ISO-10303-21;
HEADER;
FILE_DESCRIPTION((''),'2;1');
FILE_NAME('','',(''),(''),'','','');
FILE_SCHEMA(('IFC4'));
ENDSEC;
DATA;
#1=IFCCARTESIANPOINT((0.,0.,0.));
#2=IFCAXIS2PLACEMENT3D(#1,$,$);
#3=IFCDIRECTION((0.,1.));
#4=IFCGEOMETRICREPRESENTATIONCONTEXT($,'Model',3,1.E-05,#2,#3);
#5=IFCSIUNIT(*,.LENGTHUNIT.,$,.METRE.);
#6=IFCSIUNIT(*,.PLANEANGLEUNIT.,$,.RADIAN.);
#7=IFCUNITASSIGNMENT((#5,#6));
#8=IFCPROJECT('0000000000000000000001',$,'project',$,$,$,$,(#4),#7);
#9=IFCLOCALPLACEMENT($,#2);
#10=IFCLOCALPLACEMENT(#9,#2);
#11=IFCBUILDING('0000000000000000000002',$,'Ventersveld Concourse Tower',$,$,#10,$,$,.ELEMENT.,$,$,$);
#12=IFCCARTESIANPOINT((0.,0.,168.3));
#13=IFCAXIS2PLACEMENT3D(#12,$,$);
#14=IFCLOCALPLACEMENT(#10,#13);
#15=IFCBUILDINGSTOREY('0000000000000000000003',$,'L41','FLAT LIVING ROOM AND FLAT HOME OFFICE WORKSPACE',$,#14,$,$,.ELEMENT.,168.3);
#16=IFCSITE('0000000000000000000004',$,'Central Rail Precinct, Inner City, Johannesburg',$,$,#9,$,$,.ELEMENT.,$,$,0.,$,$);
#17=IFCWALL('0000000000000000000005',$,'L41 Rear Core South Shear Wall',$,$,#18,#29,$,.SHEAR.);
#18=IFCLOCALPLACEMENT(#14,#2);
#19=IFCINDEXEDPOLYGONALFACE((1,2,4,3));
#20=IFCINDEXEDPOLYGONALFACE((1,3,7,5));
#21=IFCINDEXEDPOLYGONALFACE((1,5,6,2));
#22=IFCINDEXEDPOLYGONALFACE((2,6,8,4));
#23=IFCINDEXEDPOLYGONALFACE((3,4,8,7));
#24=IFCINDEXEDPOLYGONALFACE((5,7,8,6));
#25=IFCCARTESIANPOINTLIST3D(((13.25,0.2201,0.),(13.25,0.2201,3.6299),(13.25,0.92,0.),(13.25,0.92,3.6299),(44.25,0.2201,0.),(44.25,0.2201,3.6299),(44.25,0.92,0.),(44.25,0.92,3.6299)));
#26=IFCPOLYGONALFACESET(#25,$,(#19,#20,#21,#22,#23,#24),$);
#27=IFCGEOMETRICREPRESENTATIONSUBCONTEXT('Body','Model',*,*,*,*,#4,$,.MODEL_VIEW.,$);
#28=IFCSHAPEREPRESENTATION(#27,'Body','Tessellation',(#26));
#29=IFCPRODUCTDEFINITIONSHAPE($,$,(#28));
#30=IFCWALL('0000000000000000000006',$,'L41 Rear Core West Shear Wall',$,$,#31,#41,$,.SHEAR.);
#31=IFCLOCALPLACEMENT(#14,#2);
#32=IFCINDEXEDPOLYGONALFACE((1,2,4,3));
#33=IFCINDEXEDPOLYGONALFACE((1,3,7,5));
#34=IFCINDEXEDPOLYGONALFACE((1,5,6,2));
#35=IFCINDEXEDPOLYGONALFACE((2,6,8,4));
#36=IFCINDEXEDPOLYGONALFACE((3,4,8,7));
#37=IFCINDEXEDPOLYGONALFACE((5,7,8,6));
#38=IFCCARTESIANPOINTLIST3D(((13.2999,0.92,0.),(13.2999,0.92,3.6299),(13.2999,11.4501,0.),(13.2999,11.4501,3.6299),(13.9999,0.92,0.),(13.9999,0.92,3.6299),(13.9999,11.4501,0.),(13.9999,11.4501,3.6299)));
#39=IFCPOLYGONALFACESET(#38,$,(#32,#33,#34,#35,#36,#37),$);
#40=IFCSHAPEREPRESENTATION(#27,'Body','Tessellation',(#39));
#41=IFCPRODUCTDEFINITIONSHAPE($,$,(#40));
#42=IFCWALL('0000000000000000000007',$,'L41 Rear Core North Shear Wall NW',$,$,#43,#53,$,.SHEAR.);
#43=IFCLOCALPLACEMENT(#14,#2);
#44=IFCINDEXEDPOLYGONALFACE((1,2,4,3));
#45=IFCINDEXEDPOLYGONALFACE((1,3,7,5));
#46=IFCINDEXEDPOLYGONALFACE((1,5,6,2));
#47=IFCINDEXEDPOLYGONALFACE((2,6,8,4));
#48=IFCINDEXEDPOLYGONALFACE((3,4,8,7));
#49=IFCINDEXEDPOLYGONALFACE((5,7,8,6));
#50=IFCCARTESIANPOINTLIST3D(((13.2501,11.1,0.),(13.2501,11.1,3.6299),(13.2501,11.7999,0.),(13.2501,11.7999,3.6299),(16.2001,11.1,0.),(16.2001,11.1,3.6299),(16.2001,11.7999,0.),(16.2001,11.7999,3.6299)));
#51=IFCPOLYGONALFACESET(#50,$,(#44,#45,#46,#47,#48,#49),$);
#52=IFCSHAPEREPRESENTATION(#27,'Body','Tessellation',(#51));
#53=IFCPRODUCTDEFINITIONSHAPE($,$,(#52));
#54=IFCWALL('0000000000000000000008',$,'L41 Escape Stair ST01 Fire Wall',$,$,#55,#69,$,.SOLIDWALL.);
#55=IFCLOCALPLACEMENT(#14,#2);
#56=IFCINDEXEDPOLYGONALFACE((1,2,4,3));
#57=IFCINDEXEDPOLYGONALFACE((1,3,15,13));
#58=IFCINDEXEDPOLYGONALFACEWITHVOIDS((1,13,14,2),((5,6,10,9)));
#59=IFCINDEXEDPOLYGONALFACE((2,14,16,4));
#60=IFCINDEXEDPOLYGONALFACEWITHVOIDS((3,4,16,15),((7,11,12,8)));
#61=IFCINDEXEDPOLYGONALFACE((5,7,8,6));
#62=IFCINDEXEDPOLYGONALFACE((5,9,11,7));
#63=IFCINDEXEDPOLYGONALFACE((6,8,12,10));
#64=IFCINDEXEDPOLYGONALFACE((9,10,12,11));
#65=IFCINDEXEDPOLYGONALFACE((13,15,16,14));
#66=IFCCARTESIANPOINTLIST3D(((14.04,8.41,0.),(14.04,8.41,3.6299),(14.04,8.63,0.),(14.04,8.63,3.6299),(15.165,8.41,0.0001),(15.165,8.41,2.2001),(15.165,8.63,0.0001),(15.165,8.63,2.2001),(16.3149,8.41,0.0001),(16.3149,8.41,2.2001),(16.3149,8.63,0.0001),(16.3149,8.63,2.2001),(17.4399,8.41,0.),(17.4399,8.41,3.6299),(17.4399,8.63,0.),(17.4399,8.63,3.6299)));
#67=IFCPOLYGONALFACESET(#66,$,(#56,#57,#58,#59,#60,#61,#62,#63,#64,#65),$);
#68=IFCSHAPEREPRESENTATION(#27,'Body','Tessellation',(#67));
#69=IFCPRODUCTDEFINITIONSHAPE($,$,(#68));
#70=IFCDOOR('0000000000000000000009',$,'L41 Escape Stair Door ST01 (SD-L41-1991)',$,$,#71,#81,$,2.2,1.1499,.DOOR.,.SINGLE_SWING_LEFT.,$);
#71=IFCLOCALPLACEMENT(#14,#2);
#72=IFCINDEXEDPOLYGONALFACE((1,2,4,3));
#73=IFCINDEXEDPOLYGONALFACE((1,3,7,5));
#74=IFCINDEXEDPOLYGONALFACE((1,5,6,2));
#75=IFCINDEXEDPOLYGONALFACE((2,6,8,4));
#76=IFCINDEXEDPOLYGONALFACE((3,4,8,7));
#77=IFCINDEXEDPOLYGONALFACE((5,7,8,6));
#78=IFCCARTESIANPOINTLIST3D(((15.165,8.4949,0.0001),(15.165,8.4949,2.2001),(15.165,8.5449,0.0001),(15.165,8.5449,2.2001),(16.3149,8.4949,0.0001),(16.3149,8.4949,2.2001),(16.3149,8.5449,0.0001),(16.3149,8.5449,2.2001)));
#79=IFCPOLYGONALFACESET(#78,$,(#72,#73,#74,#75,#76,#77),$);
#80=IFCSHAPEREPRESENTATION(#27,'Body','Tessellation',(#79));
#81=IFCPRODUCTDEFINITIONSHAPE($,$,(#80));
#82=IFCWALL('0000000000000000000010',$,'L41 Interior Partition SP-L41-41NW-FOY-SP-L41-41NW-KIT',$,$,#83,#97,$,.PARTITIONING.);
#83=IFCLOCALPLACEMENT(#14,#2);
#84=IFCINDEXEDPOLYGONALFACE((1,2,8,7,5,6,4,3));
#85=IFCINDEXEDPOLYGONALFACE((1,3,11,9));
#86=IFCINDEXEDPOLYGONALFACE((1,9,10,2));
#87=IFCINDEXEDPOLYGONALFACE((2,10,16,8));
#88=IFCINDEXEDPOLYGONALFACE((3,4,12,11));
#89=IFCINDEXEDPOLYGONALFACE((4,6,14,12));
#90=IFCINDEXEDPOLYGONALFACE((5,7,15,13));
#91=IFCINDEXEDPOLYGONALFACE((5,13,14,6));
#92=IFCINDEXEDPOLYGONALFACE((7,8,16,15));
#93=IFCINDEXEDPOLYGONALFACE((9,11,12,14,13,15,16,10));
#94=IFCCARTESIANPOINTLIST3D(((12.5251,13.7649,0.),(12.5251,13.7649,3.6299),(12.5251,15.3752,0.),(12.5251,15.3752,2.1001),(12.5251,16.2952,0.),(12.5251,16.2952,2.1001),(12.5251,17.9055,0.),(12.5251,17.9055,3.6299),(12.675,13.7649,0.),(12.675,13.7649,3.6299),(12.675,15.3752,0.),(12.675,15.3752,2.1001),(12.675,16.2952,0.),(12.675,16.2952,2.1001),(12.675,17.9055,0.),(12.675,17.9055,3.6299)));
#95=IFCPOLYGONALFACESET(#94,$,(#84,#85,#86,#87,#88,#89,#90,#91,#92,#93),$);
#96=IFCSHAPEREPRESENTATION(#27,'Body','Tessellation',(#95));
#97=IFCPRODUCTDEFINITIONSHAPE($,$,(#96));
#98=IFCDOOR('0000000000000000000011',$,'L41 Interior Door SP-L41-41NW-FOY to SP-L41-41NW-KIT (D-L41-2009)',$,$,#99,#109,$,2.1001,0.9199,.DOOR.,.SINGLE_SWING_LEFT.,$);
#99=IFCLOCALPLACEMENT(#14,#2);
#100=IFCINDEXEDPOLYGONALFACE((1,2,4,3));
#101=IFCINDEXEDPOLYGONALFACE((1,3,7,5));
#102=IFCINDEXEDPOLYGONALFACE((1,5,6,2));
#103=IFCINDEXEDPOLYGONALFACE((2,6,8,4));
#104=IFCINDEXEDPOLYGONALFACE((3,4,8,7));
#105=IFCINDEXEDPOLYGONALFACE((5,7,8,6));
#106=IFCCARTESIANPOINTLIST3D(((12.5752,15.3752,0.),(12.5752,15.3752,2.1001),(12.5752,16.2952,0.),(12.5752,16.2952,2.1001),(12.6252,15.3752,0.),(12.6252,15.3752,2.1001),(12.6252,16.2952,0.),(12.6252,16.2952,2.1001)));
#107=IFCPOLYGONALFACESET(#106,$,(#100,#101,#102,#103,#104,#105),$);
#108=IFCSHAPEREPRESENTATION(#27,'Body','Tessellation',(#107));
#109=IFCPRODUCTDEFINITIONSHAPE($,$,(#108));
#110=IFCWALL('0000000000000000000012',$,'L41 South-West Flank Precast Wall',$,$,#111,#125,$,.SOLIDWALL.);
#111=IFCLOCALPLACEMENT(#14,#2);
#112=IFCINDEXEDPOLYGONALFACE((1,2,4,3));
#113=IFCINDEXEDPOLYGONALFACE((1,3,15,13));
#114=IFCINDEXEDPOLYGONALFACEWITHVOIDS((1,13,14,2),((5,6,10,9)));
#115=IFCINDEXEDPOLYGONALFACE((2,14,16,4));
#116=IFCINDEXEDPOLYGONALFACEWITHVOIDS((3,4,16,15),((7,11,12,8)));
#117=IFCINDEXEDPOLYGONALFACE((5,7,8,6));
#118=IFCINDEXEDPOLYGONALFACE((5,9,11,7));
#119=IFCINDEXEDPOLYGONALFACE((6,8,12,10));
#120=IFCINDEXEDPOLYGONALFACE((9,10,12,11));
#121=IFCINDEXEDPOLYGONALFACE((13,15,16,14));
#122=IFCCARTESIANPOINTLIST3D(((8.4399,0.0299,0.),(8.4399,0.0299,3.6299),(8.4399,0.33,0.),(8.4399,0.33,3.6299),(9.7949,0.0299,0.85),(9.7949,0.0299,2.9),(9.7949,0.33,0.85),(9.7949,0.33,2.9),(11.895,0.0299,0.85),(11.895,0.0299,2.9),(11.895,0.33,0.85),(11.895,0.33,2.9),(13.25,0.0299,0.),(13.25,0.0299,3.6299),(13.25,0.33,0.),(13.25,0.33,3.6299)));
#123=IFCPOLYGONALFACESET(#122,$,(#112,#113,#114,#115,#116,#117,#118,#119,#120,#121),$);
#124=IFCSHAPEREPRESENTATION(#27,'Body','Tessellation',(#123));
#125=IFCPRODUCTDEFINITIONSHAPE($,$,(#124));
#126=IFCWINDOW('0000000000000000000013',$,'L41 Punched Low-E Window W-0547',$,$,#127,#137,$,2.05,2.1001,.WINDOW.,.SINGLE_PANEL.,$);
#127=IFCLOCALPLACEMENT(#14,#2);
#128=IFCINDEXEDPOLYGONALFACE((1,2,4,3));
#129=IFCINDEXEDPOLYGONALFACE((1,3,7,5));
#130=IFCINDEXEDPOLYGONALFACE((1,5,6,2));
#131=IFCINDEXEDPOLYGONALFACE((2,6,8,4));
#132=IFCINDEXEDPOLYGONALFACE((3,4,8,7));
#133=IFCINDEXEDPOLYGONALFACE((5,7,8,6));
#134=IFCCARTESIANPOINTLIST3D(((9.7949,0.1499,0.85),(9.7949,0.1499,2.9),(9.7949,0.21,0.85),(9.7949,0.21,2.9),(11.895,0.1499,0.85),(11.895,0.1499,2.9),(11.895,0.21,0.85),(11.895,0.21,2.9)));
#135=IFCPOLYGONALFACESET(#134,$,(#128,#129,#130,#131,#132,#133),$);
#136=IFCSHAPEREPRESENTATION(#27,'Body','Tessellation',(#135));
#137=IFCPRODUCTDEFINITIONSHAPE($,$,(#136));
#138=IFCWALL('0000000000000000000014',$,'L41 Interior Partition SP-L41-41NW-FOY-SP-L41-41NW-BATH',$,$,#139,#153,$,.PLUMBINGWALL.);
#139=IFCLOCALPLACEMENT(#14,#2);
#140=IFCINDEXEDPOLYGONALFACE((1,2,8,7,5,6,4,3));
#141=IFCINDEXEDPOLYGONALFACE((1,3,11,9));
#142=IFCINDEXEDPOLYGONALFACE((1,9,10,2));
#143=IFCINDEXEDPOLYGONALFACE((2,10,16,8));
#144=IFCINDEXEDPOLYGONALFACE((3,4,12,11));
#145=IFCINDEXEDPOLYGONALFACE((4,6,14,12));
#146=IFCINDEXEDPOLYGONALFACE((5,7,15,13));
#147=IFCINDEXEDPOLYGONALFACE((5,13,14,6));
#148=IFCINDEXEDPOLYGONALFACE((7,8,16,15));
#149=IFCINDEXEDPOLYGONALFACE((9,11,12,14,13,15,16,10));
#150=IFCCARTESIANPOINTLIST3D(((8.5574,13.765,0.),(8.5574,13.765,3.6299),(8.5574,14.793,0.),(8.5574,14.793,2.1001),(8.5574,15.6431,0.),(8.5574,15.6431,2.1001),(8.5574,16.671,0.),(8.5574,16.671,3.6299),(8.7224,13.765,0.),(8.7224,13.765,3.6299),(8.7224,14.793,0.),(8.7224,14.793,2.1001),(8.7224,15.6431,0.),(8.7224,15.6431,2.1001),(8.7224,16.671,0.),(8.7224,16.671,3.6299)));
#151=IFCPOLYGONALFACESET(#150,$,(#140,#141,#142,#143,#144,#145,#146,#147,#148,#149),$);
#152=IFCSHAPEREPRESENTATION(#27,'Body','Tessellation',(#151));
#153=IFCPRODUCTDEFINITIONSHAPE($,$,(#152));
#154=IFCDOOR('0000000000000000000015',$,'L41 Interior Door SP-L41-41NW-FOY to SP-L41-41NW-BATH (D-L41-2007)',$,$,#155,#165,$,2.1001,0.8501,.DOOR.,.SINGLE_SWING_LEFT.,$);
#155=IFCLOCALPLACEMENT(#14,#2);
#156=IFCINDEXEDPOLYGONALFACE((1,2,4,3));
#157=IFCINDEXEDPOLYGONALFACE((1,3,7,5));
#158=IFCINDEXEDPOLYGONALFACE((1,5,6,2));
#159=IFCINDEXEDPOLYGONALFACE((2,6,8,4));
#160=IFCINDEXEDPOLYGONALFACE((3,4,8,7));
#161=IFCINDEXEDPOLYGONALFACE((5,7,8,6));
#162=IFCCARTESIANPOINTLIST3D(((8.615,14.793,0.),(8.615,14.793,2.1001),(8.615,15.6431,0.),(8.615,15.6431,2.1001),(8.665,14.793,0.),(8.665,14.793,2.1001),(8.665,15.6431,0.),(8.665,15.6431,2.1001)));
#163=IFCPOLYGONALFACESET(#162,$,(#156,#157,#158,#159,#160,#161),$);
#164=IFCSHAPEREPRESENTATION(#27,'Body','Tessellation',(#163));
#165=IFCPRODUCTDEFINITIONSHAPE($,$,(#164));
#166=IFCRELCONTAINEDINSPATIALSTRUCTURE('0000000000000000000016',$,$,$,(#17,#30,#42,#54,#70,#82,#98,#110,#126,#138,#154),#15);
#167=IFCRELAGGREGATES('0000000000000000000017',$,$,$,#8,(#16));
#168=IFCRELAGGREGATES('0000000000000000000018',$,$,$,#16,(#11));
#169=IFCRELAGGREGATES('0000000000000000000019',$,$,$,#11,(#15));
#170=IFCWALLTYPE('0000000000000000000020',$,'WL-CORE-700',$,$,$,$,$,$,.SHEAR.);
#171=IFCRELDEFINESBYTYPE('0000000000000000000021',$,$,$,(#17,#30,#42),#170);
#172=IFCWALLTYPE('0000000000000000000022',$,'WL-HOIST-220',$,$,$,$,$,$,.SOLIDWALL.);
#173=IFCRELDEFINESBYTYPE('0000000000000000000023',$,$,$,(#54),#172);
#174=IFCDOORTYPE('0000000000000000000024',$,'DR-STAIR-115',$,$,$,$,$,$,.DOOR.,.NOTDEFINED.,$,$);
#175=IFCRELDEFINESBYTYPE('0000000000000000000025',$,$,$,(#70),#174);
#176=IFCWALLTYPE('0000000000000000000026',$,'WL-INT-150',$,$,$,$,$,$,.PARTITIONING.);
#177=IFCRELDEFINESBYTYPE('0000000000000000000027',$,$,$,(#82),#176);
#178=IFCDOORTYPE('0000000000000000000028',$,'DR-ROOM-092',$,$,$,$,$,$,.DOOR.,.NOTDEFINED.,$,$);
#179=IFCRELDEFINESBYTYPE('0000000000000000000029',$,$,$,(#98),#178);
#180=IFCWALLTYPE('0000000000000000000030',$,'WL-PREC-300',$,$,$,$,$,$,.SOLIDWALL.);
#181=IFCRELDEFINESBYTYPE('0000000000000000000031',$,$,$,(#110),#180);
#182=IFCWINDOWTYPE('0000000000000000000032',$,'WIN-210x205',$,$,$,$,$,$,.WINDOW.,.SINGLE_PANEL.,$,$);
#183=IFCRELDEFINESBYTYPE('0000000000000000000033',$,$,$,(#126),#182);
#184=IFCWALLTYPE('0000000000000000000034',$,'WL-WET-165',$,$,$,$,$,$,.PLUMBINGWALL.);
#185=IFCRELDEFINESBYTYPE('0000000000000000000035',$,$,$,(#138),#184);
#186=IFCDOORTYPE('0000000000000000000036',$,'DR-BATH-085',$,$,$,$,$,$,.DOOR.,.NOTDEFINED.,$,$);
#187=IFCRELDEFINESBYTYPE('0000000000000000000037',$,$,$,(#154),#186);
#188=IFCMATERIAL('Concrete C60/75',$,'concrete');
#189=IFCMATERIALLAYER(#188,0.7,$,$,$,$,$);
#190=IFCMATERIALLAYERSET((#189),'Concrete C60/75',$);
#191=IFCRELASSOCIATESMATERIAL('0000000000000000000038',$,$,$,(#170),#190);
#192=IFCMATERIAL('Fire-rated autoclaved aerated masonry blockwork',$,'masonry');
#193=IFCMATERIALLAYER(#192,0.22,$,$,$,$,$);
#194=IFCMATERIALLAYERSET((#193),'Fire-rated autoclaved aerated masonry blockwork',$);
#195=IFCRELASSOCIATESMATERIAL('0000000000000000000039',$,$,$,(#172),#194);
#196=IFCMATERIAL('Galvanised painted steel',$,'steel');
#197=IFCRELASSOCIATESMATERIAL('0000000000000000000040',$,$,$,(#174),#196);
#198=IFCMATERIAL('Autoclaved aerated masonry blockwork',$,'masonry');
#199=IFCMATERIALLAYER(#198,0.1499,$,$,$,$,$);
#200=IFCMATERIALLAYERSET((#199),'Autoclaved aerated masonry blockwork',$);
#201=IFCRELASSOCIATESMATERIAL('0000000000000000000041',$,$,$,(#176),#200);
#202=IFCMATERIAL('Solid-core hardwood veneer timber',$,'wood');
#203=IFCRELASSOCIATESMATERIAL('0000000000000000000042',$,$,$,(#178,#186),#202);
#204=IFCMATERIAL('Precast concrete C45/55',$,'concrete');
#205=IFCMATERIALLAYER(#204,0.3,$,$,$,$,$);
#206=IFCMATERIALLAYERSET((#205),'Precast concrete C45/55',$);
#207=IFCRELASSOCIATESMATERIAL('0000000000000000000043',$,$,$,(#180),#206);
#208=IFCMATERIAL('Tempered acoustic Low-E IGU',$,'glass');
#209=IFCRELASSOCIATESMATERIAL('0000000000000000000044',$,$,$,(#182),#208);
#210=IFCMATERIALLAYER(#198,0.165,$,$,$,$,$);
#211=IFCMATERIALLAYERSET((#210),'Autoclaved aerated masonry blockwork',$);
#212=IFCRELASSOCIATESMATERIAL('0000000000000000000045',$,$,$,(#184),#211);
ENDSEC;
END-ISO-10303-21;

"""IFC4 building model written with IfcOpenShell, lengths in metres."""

from ifc_helpers import new_model, si_unit, direction, frame, frame_2d, origin, place, context, subcontext, project, spatial, rectangle, extrude, material, layer, layer_set, type_object, element, fill, save


model = new_model("IFC4")

# Units and contexts
model_context = context("Model", 3, precision=1e-05, world=origin(), true_north=direction((0.0, 1.0)))
body_context = subcontext(model_context, "Body", "Model", "MODEL_VIEW")
ifc_project = project(units=[si_unit("LENGTHUNIT", "METRE"), si_unit("PLANEANGLEUNIT", "RADIAN")], contexts=[model_context])

# Site, building, storey
site_placement = place(None, origin())
site = spatial("IfcSite", under=ifc_project, at=site_placement, Name="Central Rail Precinct, Inner City, Johannesburg", CompositionType="ELEMENT", RefElevation=0.0)
building_placement = place(site_placement, origin())
building = spatial("IfcBuilding", under=site, at=building_placement, Name="Ventersveld Concourse Tower", CompositionType="ELEMENT")
storey_placement = place(building_placement, frame((0.0, 0.0, 168.3)))
storey = spatial("IfcBuildingStorey", under=building, at=storey_placement, Name="L41", Description="FLAT LIVING ROOM AND FLAT HOME OFFICE WORKSPACE", CompositionType="ELEMENT", Elevation=168.3)

# Walls
ifc_material_1 = material(Name="Concrete C60/75", Category="concrete")
ifc_layer_1 = layer(ifc_material_1, 0.7)
ifc_layer_set_1 = layer_set([ifc_layer_1], Name="Concrete C60/75")
wall_type_1 = type_object("IfcWallType", Name="WL-CORE-700", PredefinedType="SHEAR", material=ifc_layer_set_1)
wall_1_placement = place(storey_placement, frame((13.25, 0.5701, 0.0), z_axis=(0.0, 0.0, 1.0), x_axis=(1.0, 0.0, 0.0)))
element("IfcWall", 1, at=wall_1_placement, inside=storey, type_object=wall_type_1, Name="L41 Rear Core South Shear Wall", PredefinedType="SHEAR", context=body_context, shape_type="SweptSolid", body=[
    extrude(rectangle(XDim=31.0, YDim=0.7, at=frame_2d((15.5, 0.0))), origin(), (0.0, 0.0, 1.0), 3.6299),
])
wall_2_placement = place(storey_placement, frame((13.6499, 0.9199, 0.0), z_axis=(0.0, 0.0, 1.0), x_axis=(0.0, 1.0, 0.0)))
element("IfcWall", 2, at=wall_2_placement, inside=storey, type_object=wall_type_1, Name="L41 Rear Core West Shear Wall", PredefinedType="SHEAR", context=body_context, shape_type="SweptSolid", body=[
    extrude(rectangle(XDim=10.53, YDim=0.7, at=frame_2d((5.2651, 0.0))), origin(), (0.0, 0.0, 1.0), 3.6299),
])
wall_3_placement = place(storey_placement, frame((13.25, 11.45, 0.0), z_axis=(0.0, 0.0, 1.0), x_axis=(1.0, 0.0, 0.0)))
element("IfcWall", 3, at=wall_3_placement, inside=storey, type_object=wall_type_1, Name="L41 Rear Core North Shear Wall NW", PredefinedType="SHEAR", context=body_context, shape_type="SweptSolid", body=[
    extrude(rectangle(XDim=2.95, YDim=0.7, at=frame_2d((1.4751, 0.0))), origin(), (0.0, 0.0, 1.0), 3.6299),
])

# Walls, openings, doors
ifc_material_2 = material(Name="Fire-rated autoclaved aerated masonry blockwork", Category="masonry")
ifc_layer_2 = layer(ifc_material_2, 0.22)
ifc_layer_set_2 = layer_set([ifc_layer_2], Name="Fire-rated autoclaved aerated masonry blockwork")
wall_type_2 = type_object("IfcWallType", Name="WL-HOIST-220", PredefinedType="SOLIDWALL", material=ifc_layer_set_2)
wall_4_placement = place(storey_placement, frame((14.04, 8.52, 0.0), z_axis=(0.0, 0.0, 1.0), x_axis=(1.0, 0.0, 0.0)))
wall_4 = element("IfcWall", 4, at=wall_4_placement, inside=storey, type_object=wall_type_2, Name="L41 Escape Stair ST01 Fire Wall", PredefinedType="SOLIDWALL", context=body_context, shape_type="SweptSolid", body=[
    extrude(rectangle(XDim=3.3999, YDim=0.22, at=frame_2d((1.7, 0.0))), origin(), (0.0, 0.0, 1.0), 3.6299),
])
opening_1_placement = place(wall_4_placement, frame((1.125, 0.0, 0.0)))
opening_1 = element("IfcOpeningElement", 5, at=opening_1_placement, cuts=wall_4, PredefinedType="OPENING", context=body_context, shape_type="SweptSolid", body=[
    extrude(rectangle(XDim=1.1499, YDim=2.2, at=frame_2d((0.575, 1.1001))), frame((0.0, 0.1201, 0.0), z_axis=(0.0, -1.0, 0.0), x_axis=(1.0, 0.0, 0.0)), (0.0, 0.0, 1.0), 0.24),
])
ifc_material_3 = material(Name="Galvanised painted steel", Category="steel")
door_type_1 = type_object("IfcDoorType", Name="DR-STAIR-115", OperationType="NOTDEFINED", PredefinedType="DOOR", material=ifc_material_3)
door_1_placement = place(opening_1_placement, origin())
door_1 = element("IfcDoor", 6, at=door_1_placement, inside=storey, type_object=door_type_1, Name="L41 Escape Stair Door ST01 (SD-L41-1991)", OperationType="SINGLE_SWING_LEFT", OverallHeight=2.2, OverallWidth=1.1499, PredefinedType="DOOR", context=body_context, shape_type="SweptSolid", body=[
    extrude(rectangle(XDim=1.1499, YDim=2.2, at=frame_2d((0.575, 1.1001))), frame((0.0, 0.0249, 0.0), z_axis=(0.0, -1.0, 0.0), x_axis=(1.0, 0.0, 0.0)), (0.0, 0.0, 1.0), 0.05),
])
fill(opening_1, door_1)
ifc_material_4 = material(Name="Autoclaved aerated masonry blockwork", Category="masonry")
ifc_layer_3 = layer(ifc_material_4, 0.1499)
ifc_layer_set_3 = layer_set([ifc_layer_3], Name="Autoclaved aerated masonry blockwork")
wall_type_3 = type_object("IfcWallType", Name="WL-INT-150", PredefinedType="PARTITIONING", material=ifc_layer_set_3)
wall_5_placement = place(storey_placement, frame((12.6001, 13.7649, 0.0), z_axis=(0.0, 0.0, 1.0), x_axis=(0.0, 1.0, 0.0)))
wall_5 = element("IfcWall", 7, at=wall_5_placement, inside=storey, type_object=wall_type_3, Name="L41 Interior Partition SP-L41-41NW-FOY-SP-L41-41NW-KIT", PredefinedType="PARTITIONING", context=body_context, shape_type="SweptSolid", body=[
    extrude(rectangle(XDim=4.1406, YDim=0.1499, at=frame_2d((2.0703, 0.0))), origin(), (0.0, 0.0, 1.0), 3.6299),
])
opening_2_placement = place(wall_5_placement, frame((1.6104, 0.0, 0.0)))
opening_2 = element("IfcOpeningElement", 8, at=opening_2_placement, cuts=wall_5, PredefinedType="OPENING", context=body_context, shape_type="SweptSolid", body=[
    extrude(rectangle(XDim=0.9199, YDim=2.1001, at=frame_2d((0.46, 1.05))), frame((0.0, 0.085, 0.0), z_axis=(0.0, -1.0, 0.0), x_axis=(1.0, 0.0, 0.0)), (0.0, 0.0, 1.0), 0.1699),
])
ifc_material_5 = material(Name="Solid-core hardwood veneer timber", Category="wood")
door_type_2 = type_object("IfcDoorType", Name="DR-ROOM-092", OperationType="NOTDEFINED", PredefinedType="DOOR", material=ifc_material_5)
door_2_placement = place(opening_2_placement, origin())
door_2 = element("IfcDoor", 9, at=door_2_placement, inside=storey, type_object=door_type_2, Name="L41 Interior Door SP-L41-41NW-FOY to SP-L41-41NW-KIT (D-L41-2009)", OperationType="SINGLE_SWING_LEFT", OverallHeight=2.1001, OverallWidth=0.9199, PredefinedType="DOOR", context=body_context, shape_type="SweptSolid", body=[
    extrude(rectangle(XDim=0.9199, YDim=2.1001, at=frame_2d((0.46, 1.05))), frame((0.0, 0.0249, 0.0), z_axis=(0.0, -1.0, 0.0), x_axis=(1.0, 0.0, 0.0)), (0.0, 0.0, 1.0), 0.05),
])
fill(opening_2, door_2)

# Wall, opening, window
ifc_material_6 = material(Name="Precast concrete C45/55", Category="concrete")
ifc_layer_4 = layer(ifc_material_6, 0.3)
ifc_layer_set_4 = layer_set([ifc_layer_4], Name="Precast concrete C45/55")
wall_type_4 = type_object("IfcWallType", Name="WL-PREC-300", PredefinedType="SOLIDWALL", material=ifc_layer_set_4)
wall_6_placement = place(storey_placement, frame((8.4399, 0.1799, 0.0), z_axis=(0.0, 0.0, 1.0), x_axis=(1.0, 0.0, 0.0)))
wall_6 = element("IfcWall", 10, at=wall_6_placement, inside=storey, type_object=wall_type_4, Name="L41 South-West Flank Precast Wall", PredefinedType="SOLIDWALL", context=body_context, shape_type="SweptSolid", body=[
    extrude(rectangle(XDim=4.8101, YDim=0.3, at=frame_2d((2.405, 0.0))), origin(), (0.0, 0.0, 1.0), 3.6299),
])
opening_3_placement = place(wall_6_placement, frame((1.355, 0.0, 0.8501)))
opening_3 = element("IfcOpeningElement", 11, at=opening_3_placement, cuts=wall_6, PredefinedType="OPENING", context=body_context, shape_type="SweptSolid", body=[
    extrude(rectangle(XDim=2.1001, YDim=2.05, at=frame_2d((1.05, 1.0249))), frame((0.0, 0.1602, 0.0), z_axis=(0.0, -1.0, 0.0), x_axis=(1.0, 0.0, 0.0)), (0.0, 0.0, 1.0), 0.3201),
])
ifc_material_7 = material(Name="Tempered acoustic Low-E IGU", Category="glass")
window_type = type_object("IfcWindowType", Name="WIN-210x205", PartitioningType="SINGLE_PANEL", PredefinedType="WINDOW", material=ifc_material_7)
window_placement = place(opening_3_placement, origin())
window = element("IfcWindow", 12, at=window_placement, inside=storey, type_object=window_type, Name="L41 Punched Low-E Window W-0547", OverallHeight=2.05, OverallWidth=2.1001, PartitioningType="SINGLE_PANEL", PredefinedType="WINDOW", context=body_context, shape_type="SweptSolid", body=[
    extrude(rectangle(XDim=2.1001, YDim=2.05, at=frame_2d((1.05, 1.0249))), frame((0.0, 0.03, 0.0), z_axis=(0.0, -1.0, 0.0), x_axis=(1.0, 0.0, 0.0)), (0.0, 0.0, 1.0), 0.0601),
])
fill(opening_3, window)

# Wall, opening, door
ifc_layer_5 = layer(ifc_material_4, 0.165)
ifc_layer_set_5 = layer_set([ifc_layer_5], Name="Autoclaved aerated masonry blockwork")
wall_type_5 = type_object("IfcWallType", Name="WL-WET-165", PredefinedType="PLUMBINGWALL", material=ifc_layer_set_5)
wall_7_placement = place(storey_placement, frame((8.6399, 13.7649, 0.0), z_axis=(0.0, 0.0, 1.0), x_axis=(0.0, 1.0, 0.0)))
wall_7 = element("IfcWall", 13, at=wall_7_placement, inside=storey, type_object=wall_type_5, Name="L41 Interior Partition SP-L41-41NW-FOY-SP-L41-41NW-BATH", PredefinedType="PLUMBINGWALL", context=body_context, shape_type="SweptSolid", body=[
    extrude(rectangle(XDim=2.906, YDim=0.165, at=frame_2d((1.4531, 0.0))), origin(), (0.0, 0.0, 1.0), 3.6299),
])
opening_4_placement = place(wall_7_placement, frame((1.0281, 0.0, 0.0)))
opening_4 = element("IfcOpeningElement", 14, at=opening_4_placement, cuts=wall_7, PredefinedType="OPENING", context=body_context, shape_type="SweptSolid", body=[
    extrude(rectangle(XDim=0.8501, YDim=2.1001, at=frame_2d((0.425, 1.05))), frame((0.0, 0.0925, 0.0), z_axis=(0.0, -1.0, 0.0), x_axis=(1.0, 0.0, 0.0)), (0.0, 0.0, 1.0), 0.1851),
])
door_type_3 = type_object("IfcDoorType", Name="DR-BATH-085", OperationType="NOTDEFINED", PredefinedType="DOOR", material=ifc_material_5)
door_3_placement = place(opening_4_placement, origin())
door_3 = element("IfcDoor", 15, at=door_3_placement, inside=storey, type_object=door_type_3, Name="L41 Interior Door SP-L41-41NW-FOY to SP-L41-41NW-BATH (D-L41-2007)", OperationType="SINGLE_SWING_LEFT", OverallHeight=2.1001, OverallWidth=0.8501, PredefinedType="DOOR", context=body_context, shape_type="SweptSolid", body=[
    extrude(rectangle(XDim=0.8501, YDim=2.1001, at=frame_2d((0.425, 1.05))), frame((0.0, 0.0249, 0.0), z_axis=(0.0, -1.0, 0.0), x_axis=(1.0, 0.0, 0.0)), (0.0, 0.0, 1.0), 0.05),
])
fill(opening_4, door_3)

save(model, "model.ifc")
